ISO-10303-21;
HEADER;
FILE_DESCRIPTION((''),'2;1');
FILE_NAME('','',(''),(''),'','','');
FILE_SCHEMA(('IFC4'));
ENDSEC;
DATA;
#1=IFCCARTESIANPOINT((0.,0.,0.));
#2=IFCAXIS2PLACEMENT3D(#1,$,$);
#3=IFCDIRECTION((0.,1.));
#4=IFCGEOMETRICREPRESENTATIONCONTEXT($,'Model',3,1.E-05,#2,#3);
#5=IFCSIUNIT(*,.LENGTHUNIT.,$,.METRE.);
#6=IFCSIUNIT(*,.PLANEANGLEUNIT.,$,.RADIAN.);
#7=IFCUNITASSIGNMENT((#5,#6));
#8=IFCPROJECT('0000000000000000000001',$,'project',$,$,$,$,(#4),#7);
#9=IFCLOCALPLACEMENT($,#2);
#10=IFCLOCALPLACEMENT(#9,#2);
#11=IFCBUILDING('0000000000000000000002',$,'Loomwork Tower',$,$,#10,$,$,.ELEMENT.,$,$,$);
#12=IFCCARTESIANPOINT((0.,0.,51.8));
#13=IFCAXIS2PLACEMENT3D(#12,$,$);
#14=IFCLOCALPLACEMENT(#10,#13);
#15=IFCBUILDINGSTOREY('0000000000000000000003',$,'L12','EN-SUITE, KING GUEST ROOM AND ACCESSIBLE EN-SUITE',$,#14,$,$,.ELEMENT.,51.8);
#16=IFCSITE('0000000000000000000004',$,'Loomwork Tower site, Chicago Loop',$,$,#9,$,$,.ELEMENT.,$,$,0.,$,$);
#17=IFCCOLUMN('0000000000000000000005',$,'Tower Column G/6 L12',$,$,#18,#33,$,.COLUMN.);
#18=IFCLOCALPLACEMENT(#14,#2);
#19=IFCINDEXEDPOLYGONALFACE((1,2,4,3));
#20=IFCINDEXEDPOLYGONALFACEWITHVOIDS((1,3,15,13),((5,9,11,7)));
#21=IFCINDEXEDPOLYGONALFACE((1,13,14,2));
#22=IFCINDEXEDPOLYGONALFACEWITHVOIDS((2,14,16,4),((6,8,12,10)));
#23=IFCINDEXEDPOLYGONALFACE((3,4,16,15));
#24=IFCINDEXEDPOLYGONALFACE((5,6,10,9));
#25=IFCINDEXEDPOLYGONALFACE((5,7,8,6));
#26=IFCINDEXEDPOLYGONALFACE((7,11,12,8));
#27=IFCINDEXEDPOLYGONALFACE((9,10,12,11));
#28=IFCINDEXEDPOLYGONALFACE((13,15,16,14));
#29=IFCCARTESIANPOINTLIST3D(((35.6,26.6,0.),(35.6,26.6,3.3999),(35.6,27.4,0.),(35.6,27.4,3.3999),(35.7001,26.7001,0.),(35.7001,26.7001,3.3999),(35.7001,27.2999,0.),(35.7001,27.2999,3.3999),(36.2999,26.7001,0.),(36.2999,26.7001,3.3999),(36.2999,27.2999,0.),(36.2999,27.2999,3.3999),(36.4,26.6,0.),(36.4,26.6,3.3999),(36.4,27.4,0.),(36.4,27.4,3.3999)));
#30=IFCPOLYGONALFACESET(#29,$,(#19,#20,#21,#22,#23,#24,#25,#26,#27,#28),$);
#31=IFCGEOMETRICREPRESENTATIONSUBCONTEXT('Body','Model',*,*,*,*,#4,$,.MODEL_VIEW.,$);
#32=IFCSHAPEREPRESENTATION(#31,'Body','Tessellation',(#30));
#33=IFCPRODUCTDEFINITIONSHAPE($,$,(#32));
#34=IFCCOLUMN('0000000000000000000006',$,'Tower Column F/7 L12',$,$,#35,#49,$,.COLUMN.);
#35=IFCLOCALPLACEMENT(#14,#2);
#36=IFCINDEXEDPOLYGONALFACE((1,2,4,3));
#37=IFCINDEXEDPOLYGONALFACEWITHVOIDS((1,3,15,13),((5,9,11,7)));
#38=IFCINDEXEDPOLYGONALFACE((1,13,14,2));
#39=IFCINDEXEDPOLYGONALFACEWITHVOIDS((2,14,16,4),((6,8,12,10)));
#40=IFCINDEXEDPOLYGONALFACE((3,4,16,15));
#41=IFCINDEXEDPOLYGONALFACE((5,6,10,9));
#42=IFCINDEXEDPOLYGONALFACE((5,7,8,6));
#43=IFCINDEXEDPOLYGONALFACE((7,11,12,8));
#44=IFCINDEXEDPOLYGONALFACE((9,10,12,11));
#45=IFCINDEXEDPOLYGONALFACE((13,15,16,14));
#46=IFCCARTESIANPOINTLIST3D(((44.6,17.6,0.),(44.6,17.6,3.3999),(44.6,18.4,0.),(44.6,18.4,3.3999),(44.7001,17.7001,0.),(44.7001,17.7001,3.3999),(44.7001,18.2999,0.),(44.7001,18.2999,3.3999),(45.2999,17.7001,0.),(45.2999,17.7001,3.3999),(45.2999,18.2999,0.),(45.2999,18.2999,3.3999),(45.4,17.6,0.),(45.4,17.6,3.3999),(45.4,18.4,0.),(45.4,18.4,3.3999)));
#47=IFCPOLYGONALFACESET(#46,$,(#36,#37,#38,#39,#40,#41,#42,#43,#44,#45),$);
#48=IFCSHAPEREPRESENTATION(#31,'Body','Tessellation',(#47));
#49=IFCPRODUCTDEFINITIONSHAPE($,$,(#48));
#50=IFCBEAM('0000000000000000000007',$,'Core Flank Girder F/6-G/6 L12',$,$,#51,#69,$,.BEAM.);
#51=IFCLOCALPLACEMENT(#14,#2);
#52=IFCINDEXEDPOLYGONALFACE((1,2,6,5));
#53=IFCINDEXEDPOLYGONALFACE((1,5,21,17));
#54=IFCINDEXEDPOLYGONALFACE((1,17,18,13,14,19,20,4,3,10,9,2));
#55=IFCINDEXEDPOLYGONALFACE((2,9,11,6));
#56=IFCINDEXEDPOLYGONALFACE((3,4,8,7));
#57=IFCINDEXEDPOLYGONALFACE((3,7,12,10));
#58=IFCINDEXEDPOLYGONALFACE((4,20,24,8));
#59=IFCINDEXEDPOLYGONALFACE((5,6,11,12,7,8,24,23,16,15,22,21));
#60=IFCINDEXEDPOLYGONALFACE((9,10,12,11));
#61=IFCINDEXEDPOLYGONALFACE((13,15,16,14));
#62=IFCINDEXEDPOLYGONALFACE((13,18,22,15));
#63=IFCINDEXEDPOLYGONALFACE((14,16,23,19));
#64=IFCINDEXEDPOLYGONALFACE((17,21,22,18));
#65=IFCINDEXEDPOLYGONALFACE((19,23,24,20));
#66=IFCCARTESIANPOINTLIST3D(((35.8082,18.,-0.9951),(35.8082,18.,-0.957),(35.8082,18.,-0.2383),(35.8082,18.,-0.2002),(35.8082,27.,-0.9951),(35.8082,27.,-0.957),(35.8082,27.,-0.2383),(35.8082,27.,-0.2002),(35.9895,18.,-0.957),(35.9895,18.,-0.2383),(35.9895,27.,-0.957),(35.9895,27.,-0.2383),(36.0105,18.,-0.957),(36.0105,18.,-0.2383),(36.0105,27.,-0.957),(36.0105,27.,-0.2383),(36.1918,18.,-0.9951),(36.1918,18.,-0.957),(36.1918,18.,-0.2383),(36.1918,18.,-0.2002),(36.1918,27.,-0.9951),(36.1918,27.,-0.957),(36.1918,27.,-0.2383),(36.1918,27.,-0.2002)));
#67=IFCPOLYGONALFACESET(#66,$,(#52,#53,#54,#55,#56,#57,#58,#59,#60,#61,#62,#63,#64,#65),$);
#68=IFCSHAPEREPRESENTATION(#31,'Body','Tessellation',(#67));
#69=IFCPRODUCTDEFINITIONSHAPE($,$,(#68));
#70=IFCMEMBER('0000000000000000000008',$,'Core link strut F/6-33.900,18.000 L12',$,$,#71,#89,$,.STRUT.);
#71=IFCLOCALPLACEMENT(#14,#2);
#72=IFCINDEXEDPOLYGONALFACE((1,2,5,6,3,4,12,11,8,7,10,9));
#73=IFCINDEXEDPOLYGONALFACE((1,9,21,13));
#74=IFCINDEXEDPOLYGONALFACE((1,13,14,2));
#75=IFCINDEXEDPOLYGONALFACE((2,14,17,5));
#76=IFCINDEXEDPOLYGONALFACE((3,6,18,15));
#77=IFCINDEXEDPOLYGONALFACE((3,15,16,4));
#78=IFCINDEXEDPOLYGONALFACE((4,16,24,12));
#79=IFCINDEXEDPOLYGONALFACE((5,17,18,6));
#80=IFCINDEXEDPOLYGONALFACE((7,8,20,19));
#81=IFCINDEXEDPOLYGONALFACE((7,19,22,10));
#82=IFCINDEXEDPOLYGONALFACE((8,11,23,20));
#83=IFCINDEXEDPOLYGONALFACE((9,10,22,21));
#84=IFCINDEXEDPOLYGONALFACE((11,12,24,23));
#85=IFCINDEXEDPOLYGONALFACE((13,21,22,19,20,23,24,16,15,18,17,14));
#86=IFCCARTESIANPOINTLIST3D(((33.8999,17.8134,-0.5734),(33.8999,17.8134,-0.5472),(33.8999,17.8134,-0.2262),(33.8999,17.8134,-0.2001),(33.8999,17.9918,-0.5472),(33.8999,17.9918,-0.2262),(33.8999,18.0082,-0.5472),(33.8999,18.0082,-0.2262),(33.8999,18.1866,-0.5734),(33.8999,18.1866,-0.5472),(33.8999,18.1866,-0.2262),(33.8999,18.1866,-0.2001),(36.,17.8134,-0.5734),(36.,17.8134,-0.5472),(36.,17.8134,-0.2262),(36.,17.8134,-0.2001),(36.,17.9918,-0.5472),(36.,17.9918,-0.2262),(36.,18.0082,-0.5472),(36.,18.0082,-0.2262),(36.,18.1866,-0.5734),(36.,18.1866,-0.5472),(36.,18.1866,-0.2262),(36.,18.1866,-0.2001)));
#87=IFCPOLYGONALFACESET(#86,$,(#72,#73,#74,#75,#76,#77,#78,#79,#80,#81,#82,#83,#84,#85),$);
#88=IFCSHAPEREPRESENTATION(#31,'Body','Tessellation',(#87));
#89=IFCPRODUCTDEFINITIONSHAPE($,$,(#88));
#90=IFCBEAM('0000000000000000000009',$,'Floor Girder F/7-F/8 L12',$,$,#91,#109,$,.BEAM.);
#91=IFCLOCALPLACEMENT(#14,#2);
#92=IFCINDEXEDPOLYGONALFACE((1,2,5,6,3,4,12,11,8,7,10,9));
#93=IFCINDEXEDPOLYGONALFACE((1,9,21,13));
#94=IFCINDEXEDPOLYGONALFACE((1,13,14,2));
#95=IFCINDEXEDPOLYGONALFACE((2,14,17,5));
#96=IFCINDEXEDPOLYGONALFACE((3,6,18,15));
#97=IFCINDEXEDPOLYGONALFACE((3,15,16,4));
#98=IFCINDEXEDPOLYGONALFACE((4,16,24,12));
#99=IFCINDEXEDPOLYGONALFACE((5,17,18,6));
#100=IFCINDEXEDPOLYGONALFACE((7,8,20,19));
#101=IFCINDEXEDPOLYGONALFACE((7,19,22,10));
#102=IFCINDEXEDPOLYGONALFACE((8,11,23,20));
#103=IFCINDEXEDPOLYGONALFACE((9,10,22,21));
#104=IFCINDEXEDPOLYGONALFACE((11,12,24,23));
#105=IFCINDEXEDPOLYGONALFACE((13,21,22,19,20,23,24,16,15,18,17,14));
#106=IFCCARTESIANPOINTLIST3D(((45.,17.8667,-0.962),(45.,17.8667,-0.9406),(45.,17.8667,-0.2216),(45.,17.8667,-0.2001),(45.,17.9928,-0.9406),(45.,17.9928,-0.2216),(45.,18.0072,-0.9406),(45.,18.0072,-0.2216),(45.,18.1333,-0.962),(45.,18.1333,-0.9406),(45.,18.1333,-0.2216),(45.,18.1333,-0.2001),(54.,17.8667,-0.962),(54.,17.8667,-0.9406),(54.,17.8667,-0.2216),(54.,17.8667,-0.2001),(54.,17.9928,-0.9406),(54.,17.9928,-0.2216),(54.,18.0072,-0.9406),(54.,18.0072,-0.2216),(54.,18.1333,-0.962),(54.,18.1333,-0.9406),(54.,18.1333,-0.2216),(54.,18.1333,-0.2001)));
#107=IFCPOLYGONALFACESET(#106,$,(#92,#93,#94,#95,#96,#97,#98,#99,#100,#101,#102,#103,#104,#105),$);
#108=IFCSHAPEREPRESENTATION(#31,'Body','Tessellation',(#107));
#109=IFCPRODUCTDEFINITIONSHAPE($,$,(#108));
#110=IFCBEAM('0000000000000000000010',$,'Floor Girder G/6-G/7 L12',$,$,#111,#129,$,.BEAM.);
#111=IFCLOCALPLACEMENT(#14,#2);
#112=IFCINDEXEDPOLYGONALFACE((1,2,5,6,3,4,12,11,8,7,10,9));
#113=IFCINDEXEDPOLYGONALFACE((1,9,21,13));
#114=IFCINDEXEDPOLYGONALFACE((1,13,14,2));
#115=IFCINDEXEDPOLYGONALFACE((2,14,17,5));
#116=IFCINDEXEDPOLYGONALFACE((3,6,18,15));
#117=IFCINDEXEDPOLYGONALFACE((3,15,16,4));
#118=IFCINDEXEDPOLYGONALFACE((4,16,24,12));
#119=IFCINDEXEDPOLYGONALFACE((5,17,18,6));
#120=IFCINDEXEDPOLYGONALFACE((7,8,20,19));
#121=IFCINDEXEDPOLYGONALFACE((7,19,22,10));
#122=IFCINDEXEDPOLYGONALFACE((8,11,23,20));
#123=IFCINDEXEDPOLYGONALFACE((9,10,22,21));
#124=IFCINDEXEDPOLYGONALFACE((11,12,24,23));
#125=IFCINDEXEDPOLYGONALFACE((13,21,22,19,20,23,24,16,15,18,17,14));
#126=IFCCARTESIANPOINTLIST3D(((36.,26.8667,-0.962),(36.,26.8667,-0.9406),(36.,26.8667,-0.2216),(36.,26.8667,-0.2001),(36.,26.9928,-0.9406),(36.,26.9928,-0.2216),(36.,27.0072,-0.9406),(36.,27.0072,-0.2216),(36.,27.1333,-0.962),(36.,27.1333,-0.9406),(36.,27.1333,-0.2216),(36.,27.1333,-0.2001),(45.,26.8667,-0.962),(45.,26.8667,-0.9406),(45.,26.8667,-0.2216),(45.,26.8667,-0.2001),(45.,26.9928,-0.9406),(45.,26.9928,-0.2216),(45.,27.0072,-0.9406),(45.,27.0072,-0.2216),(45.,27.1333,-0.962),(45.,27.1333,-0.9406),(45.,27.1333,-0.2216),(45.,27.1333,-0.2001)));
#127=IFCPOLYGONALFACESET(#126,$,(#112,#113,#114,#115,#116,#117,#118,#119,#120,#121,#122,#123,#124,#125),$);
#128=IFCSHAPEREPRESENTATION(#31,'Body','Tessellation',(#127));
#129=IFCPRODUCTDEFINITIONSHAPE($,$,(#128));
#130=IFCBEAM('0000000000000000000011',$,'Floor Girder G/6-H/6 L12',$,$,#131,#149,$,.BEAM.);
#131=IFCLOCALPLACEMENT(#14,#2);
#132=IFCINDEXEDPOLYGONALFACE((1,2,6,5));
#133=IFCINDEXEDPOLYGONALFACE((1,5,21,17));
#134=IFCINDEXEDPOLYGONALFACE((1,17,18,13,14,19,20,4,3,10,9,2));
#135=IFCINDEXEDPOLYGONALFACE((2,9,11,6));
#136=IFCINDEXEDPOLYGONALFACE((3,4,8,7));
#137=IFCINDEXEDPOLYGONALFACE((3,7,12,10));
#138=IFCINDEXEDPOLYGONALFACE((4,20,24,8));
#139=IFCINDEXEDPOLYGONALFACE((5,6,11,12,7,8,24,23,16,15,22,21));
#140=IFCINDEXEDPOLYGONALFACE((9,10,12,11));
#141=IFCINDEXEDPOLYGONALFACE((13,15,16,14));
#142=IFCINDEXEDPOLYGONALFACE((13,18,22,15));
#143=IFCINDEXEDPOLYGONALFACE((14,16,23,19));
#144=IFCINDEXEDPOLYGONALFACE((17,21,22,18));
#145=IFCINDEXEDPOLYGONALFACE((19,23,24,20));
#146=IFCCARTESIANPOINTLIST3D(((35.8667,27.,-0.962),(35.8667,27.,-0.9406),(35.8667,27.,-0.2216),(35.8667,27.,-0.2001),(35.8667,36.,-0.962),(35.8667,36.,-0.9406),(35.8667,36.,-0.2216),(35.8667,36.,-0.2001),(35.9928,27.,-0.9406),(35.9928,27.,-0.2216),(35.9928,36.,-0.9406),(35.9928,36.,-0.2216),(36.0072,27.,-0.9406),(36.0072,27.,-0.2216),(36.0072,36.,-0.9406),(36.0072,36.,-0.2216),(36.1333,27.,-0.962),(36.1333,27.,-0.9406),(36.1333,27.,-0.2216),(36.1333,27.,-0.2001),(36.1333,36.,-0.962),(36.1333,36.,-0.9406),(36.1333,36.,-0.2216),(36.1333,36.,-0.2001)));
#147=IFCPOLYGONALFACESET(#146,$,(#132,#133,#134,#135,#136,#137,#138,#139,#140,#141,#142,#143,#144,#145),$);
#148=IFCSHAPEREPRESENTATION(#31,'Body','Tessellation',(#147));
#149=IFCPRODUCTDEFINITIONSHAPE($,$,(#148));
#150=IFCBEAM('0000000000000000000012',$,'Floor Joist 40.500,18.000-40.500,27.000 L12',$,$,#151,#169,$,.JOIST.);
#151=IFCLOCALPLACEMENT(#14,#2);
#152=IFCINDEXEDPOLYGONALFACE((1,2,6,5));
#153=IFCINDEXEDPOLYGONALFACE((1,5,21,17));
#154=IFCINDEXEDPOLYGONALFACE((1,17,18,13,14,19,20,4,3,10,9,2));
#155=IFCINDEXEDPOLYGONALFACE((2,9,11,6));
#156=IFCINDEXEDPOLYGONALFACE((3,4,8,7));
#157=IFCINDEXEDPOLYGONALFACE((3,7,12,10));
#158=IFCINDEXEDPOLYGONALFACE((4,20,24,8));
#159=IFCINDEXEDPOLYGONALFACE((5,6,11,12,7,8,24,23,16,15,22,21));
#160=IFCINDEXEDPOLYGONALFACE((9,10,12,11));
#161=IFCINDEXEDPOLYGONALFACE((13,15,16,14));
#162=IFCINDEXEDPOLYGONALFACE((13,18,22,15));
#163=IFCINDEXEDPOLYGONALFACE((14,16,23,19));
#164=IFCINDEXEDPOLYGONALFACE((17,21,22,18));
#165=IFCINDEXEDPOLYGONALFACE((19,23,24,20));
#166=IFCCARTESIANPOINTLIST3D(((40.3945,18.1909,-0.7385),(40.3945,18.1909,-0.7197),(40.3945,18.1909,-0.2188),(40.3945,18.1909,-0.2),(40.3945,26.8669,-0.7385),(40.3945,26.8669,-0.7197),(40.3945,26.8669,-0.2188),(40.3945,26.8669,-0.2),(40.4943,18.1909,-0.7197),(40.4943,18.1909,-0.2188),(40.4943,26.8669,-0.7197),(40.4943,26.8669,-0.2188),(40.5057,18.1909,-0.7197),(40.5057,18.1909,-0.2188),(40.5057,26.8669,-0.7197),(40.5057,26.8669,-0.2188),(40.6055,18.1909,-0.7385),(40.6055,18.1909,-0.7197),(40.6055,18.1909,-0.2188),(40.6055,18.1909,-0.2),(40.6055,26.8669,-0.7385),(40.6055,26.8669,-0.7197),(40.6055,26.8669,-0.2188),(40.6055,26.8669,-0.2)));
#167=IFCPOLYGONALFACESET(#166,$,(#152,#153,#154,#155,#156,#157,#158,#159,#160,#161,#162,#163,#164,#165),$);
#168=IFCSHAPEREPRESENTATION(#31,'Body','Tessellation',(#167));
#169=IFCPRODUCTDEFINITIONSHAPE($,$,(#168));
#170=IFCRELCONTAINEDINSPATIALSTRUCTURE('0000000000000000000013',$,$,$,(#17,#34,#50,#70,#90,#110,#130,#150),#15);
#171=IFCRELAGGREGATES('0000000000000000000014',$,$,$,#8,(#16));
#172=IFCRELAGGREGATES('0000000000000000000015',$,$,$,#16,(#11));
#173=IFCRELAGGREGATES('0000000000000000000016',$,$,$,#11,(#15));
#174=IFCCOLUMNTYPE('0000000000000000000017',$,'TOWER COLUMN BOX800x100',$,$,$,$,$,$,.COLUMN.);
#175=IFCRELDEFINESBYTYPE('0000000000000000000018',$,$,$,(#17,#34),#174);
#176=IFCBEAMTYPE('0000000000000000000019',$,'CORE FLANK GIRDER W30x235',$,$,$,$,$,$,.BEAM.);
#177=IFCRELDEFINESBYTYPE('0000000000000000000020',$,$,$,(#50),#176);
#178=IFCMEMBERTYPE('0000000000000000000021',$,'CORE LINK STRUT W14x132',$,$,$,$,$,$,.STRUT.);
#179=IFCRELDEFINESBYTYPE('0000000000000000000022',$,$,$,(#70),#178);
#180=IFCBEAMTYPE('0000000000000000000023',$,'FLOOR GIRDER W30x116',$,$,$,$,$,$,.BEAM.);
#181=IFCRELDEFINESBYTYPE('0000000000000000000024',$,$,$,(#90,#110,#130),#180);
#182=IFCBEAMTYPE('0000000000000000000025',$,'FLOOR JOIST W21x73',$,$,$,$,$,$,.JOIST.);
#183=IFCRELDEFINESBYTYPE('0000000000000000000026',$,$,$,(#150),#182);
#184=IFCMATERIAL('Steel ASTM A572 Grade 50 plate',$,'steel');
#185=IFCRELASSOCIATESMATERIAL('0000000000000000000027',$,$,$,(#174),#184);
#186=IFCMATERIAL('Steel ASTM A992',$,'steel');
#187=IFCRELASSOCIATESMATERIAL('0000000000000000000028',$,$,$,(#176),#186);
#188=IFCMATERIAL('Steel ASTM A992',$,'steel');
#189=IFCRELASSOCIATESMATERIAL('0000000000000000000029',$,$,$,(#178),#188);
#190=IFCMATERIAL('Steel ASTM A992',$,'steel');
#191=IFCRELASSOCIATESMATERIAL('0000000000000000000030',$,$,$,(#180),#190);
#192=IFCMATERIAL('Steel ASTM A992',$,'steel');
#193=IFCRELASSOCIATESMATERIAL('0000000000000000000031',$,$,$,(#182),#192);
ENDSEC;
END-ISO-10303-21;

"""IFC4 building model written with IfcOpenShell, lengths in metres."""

from ifc_helpers import new_model, si_unit, direction, frame, origin, origin_2d, place, context, subcontext, project, spatial, hollow_rectangle, i_section, extrude, material, material_profile, profile_set, type_object, element, save


model = new_model("IFC4")

# Units and contexts
model_context = context("Model", 3, precision=1e-05, world=origin(), true_north=direction((0.0, 1.0)))
body_context = subcontext(model_context, "Body", "Model", "MODEL_VIEW")
ifc_project = project(units=[si_unit("LENGTHUNIT", "METRE"), si_unit("PLANEANGLEUNIT", "RADIAN")], contexts=[model_context])

# Site, building, storey
site_placement = place(None, origin())
site = spatial("IfcSite", under=ifc_project, at=site_placement, Name="Loomwork Tower site, Chicago Loop", CompositionType="ELEMENT", RefElevation=0.0)
building_placement = place(site_placement, origin())
building = spatial("IfcBuilding", under=site, at=building_placement, Name="Loomwork Tower", CompositionType="ELEMENT")
storey_placement = place(building_placement, frame((0.0, 0.0, 51.8)))
storey = spatial("IfcBuildingStorey", under=building, at=storey_placement, Name="L12", Description="EN-SUITE, KING GUEST ROOM AND ACCESSIBLE EN-SUITE", CompositionType="ELEMENT", Elevation=51.8)

# Columns
ifc_material_1 = material(Name="Steel ASTM A572 Grade 50 plate", Category="steel")
ifc_material_profile_1 = material_profile(ifc_material_1, hollow_rectangle(XDim=0.8, YDim=0.8, WallThickness=0.1001, at=origin_2d()), Name="BOX800x100")
ifc_profile_set_1 = profile_set([ifc_material_profile_1], Name="Steel ASTM A572 Grade 50 plate")
column_type = type_object("IfcColumnType", Name="TOWER COLUMN BOX800x100", PredefinedType="COLUMN", material=ifc_profile_set_1)
for number, where, z_axis, x_axis, name in (
    (1, (36.0, 27.0, 0.0), (0.0, 0.0, 1.0), (1.0, 0.0, 0.0), "Tower Column G/6 L12"),
    (2, (45.0, 18.0, 0.0), (0.0, 0.0, 1.0), (0.0, 1.0, 0.0), "Tower Column F/7 L12"),
):
    element("IfcColumn", number, at=place(storey_placement, frame(where, z_axis=z_axis, x_axis=x_axis)), inside=storey, type_object=column_type, Name=name, PredefinedType="COLUMN", context=body_context, shape_type="SweptSolid", body=[
        extrude(hollow_rectangle(XDim=0.8, YDim=0.8, WallThickness=0.1001, at=origin_2d()), origin(), (0.0, 0.0, 1.0), 3.3999),
    ])

# Beam
ifc_material_2 = material(Name="Steel ASTM A992", Category="steel")
ifc_material_profile_2 = material_profile(ifc_material_2, i_section(OverallWidth=0.3835, OverallDepth=0.7949, WebThickness=0.021, FlangeThickness=0.0381, at=origin_2d()), Name="W30x235")
ifc_profile_set_2 = profile_set([ifc_material_profile_2], Name="Steel ASTM A992")
beam_type_1 = type_object("IfcBeamType", Name="CORE FLANK GIRDER W30x235", PredefinedType="BEAM", material=ifc_profile_set_2)
beam_1_placement = place(storey_placement, frame((36.0, 18.0, -0.5977), z_axis=(0.0, 1.0, 0.0), x_axis=(-1.0, 0.0, 0.0)))
element("IfcBeam", 3, at=beam_1_placement, inside=storey, type_object=beam_type_1, Name="Core Flank Girder F/6-G/6 L12", PredefinedType="BEAM", context=body_context, shape_type="SweptSolid", body=[
    extrude(i_section(OverallWidth=0.3835, OverallDepth=0.7949, WebThickness=0.021, FlangeThickness=0.0381, at=origin_2d()), origin(), (0.0, 0.0, 1.0), 9.0),
])

# Member
ifc_material_3 = material(Name="Steel ASTM A992", Category="steel")
ifc_material_profile_3 = material_profile(ifc_material_3, i_section(OverallWidth=0.3733, OverallDepth=0.3733, WebThickness=0.0164, FlangeThickness=0.0261, at=origin_2d()), Name="W14x132")
ifc_profile_set_3 = profile_set([ifc_material_profile_3], Name="Steel ASTM A992")
member_type = type_object("IfcMemberType", Name="CORE LINK STRUT W14x132", PredefinedType="STRUT", material=ifc_profile_set_3)
member_placement = place(storey_placement, frame((36.0, 18.0, -0.3867), z_axis=(-1.0, 0.0, 0.0), x_axis=(0.0, -1.0, 0.0)))
element("IfcMember", 4, at=member_placement, inside=storey, type_object=member_type, Name="Core link strut F/6-33.900,18.000 L12", PredefinedType="STRUT", context=body_context, shape_type="SweptSolid", body=[
    extrude(i_section(OverallWidth=0.3733, OverallDepth=0.3733, WebThickness=0.0164, FlangeThickness=0.0261, at=origin_2d()), origin(), (0.0, 0.0, 1.0), 2.1001),
])

# Beams
ifc_material_4 = material(Name="Steel ASTM A992", Category="steel")
ifc_material_profile_4 = material_profile(ifc_material_4, i_section(OverallWidth=0.2666, OverallDepth=0.762, WebThickness=0.0144, FlangeThickness=0.0215, at=origin_2d()), Name="W30x116")
ifc_profile_set_4 = profile_set([ifc_material_profile_4], Name="Steel ASTM A992")
beam_type_2 = type_object("IfcBeamType", Name="FLOOR GIRDER W30x116", PredefinedType="BEAM", material=ifc_profile_set_4)
for number, where, z_axis, x_axis, name in (
    (5, (45.0, 18.0, -0.5811), (1.0, 0.0, 0.0), (0.0, 1.0, 0.0), "Floor Girder F/7-F/8 L12"),
    (6, (36.0, 27.0, -0.5811), (1.0, 0.0, 0.0), (0.0, 1.0, 0.0), "Floor Girder G/6-G/7 L12"),
    (7, (36.0, 27.0, -0.5811), (0.0, 1.0, 0.0), (-1.0, 0.0, 0.0), "Floor Girder G/6-H/6 L12"),
):
    element("IfcBeam", number, at=place(storey_placement, frame(where, z_axis=z_axis, x_axis=x_axis)), inside=storey, type_object=beam_type_2, Name=name, PredefinedType="BEAM", context=body_context, shape_type="SweptSolid", body=[
        extrude(i_section(OverallWidth=0.2666, OverallDepth=0.762, WebThickness=0.0144, FlangeThickness=0.0215, at=origin_2d()), origin(), (0.0, 0.0, 1.0), 9.0),
    ])
ifc_material_5 = material(Name="Steel ASTM A992", Category="steel")
ifc_material_profile_5 = material_profile(ifc_material_5, i_section(OverallWidth=0.2109, OverallDepth=0.5386, WebThickness=0.0115, FlangeThickness=0.0188, at=origin_2d()), Name="W21x73")
ifc_profile_set_5 = profile_set([ifc_material_profile_5], Name="Steel ASTM A992")
beam_type_3 = type_object("IfcBeamType", Name="FLOOR JOIST W21x73", PredefinedType="JOIST", material=ifc_profile_set_5)
beam_2_placement = place(storey_placement, frame((40.5, 18.1909, -0.4692), z_axis=(0.0, 1.0, 0.0), x_axis=(-1.0, 0.0, 0.0)))
element("IfcBeam", 8, at=beam_2_placement, inside=storey, type_object=beam_type_3, Name="Floor Joist 40.500,18.000-40.500,27.000 L12", PredefinedType="JOIST", context=body_context, shape_type="SweptSolid", body=[
    extrude(i_section(OverallWidth=0.2109, OverallDepth=0.5386, WebThickness=0.0115, FlangeThickness=0.0188, at=origin_2d()), origin(), (0.0, 0.0, 1.0), 8.676),
])

save(model, "model.ifc")
